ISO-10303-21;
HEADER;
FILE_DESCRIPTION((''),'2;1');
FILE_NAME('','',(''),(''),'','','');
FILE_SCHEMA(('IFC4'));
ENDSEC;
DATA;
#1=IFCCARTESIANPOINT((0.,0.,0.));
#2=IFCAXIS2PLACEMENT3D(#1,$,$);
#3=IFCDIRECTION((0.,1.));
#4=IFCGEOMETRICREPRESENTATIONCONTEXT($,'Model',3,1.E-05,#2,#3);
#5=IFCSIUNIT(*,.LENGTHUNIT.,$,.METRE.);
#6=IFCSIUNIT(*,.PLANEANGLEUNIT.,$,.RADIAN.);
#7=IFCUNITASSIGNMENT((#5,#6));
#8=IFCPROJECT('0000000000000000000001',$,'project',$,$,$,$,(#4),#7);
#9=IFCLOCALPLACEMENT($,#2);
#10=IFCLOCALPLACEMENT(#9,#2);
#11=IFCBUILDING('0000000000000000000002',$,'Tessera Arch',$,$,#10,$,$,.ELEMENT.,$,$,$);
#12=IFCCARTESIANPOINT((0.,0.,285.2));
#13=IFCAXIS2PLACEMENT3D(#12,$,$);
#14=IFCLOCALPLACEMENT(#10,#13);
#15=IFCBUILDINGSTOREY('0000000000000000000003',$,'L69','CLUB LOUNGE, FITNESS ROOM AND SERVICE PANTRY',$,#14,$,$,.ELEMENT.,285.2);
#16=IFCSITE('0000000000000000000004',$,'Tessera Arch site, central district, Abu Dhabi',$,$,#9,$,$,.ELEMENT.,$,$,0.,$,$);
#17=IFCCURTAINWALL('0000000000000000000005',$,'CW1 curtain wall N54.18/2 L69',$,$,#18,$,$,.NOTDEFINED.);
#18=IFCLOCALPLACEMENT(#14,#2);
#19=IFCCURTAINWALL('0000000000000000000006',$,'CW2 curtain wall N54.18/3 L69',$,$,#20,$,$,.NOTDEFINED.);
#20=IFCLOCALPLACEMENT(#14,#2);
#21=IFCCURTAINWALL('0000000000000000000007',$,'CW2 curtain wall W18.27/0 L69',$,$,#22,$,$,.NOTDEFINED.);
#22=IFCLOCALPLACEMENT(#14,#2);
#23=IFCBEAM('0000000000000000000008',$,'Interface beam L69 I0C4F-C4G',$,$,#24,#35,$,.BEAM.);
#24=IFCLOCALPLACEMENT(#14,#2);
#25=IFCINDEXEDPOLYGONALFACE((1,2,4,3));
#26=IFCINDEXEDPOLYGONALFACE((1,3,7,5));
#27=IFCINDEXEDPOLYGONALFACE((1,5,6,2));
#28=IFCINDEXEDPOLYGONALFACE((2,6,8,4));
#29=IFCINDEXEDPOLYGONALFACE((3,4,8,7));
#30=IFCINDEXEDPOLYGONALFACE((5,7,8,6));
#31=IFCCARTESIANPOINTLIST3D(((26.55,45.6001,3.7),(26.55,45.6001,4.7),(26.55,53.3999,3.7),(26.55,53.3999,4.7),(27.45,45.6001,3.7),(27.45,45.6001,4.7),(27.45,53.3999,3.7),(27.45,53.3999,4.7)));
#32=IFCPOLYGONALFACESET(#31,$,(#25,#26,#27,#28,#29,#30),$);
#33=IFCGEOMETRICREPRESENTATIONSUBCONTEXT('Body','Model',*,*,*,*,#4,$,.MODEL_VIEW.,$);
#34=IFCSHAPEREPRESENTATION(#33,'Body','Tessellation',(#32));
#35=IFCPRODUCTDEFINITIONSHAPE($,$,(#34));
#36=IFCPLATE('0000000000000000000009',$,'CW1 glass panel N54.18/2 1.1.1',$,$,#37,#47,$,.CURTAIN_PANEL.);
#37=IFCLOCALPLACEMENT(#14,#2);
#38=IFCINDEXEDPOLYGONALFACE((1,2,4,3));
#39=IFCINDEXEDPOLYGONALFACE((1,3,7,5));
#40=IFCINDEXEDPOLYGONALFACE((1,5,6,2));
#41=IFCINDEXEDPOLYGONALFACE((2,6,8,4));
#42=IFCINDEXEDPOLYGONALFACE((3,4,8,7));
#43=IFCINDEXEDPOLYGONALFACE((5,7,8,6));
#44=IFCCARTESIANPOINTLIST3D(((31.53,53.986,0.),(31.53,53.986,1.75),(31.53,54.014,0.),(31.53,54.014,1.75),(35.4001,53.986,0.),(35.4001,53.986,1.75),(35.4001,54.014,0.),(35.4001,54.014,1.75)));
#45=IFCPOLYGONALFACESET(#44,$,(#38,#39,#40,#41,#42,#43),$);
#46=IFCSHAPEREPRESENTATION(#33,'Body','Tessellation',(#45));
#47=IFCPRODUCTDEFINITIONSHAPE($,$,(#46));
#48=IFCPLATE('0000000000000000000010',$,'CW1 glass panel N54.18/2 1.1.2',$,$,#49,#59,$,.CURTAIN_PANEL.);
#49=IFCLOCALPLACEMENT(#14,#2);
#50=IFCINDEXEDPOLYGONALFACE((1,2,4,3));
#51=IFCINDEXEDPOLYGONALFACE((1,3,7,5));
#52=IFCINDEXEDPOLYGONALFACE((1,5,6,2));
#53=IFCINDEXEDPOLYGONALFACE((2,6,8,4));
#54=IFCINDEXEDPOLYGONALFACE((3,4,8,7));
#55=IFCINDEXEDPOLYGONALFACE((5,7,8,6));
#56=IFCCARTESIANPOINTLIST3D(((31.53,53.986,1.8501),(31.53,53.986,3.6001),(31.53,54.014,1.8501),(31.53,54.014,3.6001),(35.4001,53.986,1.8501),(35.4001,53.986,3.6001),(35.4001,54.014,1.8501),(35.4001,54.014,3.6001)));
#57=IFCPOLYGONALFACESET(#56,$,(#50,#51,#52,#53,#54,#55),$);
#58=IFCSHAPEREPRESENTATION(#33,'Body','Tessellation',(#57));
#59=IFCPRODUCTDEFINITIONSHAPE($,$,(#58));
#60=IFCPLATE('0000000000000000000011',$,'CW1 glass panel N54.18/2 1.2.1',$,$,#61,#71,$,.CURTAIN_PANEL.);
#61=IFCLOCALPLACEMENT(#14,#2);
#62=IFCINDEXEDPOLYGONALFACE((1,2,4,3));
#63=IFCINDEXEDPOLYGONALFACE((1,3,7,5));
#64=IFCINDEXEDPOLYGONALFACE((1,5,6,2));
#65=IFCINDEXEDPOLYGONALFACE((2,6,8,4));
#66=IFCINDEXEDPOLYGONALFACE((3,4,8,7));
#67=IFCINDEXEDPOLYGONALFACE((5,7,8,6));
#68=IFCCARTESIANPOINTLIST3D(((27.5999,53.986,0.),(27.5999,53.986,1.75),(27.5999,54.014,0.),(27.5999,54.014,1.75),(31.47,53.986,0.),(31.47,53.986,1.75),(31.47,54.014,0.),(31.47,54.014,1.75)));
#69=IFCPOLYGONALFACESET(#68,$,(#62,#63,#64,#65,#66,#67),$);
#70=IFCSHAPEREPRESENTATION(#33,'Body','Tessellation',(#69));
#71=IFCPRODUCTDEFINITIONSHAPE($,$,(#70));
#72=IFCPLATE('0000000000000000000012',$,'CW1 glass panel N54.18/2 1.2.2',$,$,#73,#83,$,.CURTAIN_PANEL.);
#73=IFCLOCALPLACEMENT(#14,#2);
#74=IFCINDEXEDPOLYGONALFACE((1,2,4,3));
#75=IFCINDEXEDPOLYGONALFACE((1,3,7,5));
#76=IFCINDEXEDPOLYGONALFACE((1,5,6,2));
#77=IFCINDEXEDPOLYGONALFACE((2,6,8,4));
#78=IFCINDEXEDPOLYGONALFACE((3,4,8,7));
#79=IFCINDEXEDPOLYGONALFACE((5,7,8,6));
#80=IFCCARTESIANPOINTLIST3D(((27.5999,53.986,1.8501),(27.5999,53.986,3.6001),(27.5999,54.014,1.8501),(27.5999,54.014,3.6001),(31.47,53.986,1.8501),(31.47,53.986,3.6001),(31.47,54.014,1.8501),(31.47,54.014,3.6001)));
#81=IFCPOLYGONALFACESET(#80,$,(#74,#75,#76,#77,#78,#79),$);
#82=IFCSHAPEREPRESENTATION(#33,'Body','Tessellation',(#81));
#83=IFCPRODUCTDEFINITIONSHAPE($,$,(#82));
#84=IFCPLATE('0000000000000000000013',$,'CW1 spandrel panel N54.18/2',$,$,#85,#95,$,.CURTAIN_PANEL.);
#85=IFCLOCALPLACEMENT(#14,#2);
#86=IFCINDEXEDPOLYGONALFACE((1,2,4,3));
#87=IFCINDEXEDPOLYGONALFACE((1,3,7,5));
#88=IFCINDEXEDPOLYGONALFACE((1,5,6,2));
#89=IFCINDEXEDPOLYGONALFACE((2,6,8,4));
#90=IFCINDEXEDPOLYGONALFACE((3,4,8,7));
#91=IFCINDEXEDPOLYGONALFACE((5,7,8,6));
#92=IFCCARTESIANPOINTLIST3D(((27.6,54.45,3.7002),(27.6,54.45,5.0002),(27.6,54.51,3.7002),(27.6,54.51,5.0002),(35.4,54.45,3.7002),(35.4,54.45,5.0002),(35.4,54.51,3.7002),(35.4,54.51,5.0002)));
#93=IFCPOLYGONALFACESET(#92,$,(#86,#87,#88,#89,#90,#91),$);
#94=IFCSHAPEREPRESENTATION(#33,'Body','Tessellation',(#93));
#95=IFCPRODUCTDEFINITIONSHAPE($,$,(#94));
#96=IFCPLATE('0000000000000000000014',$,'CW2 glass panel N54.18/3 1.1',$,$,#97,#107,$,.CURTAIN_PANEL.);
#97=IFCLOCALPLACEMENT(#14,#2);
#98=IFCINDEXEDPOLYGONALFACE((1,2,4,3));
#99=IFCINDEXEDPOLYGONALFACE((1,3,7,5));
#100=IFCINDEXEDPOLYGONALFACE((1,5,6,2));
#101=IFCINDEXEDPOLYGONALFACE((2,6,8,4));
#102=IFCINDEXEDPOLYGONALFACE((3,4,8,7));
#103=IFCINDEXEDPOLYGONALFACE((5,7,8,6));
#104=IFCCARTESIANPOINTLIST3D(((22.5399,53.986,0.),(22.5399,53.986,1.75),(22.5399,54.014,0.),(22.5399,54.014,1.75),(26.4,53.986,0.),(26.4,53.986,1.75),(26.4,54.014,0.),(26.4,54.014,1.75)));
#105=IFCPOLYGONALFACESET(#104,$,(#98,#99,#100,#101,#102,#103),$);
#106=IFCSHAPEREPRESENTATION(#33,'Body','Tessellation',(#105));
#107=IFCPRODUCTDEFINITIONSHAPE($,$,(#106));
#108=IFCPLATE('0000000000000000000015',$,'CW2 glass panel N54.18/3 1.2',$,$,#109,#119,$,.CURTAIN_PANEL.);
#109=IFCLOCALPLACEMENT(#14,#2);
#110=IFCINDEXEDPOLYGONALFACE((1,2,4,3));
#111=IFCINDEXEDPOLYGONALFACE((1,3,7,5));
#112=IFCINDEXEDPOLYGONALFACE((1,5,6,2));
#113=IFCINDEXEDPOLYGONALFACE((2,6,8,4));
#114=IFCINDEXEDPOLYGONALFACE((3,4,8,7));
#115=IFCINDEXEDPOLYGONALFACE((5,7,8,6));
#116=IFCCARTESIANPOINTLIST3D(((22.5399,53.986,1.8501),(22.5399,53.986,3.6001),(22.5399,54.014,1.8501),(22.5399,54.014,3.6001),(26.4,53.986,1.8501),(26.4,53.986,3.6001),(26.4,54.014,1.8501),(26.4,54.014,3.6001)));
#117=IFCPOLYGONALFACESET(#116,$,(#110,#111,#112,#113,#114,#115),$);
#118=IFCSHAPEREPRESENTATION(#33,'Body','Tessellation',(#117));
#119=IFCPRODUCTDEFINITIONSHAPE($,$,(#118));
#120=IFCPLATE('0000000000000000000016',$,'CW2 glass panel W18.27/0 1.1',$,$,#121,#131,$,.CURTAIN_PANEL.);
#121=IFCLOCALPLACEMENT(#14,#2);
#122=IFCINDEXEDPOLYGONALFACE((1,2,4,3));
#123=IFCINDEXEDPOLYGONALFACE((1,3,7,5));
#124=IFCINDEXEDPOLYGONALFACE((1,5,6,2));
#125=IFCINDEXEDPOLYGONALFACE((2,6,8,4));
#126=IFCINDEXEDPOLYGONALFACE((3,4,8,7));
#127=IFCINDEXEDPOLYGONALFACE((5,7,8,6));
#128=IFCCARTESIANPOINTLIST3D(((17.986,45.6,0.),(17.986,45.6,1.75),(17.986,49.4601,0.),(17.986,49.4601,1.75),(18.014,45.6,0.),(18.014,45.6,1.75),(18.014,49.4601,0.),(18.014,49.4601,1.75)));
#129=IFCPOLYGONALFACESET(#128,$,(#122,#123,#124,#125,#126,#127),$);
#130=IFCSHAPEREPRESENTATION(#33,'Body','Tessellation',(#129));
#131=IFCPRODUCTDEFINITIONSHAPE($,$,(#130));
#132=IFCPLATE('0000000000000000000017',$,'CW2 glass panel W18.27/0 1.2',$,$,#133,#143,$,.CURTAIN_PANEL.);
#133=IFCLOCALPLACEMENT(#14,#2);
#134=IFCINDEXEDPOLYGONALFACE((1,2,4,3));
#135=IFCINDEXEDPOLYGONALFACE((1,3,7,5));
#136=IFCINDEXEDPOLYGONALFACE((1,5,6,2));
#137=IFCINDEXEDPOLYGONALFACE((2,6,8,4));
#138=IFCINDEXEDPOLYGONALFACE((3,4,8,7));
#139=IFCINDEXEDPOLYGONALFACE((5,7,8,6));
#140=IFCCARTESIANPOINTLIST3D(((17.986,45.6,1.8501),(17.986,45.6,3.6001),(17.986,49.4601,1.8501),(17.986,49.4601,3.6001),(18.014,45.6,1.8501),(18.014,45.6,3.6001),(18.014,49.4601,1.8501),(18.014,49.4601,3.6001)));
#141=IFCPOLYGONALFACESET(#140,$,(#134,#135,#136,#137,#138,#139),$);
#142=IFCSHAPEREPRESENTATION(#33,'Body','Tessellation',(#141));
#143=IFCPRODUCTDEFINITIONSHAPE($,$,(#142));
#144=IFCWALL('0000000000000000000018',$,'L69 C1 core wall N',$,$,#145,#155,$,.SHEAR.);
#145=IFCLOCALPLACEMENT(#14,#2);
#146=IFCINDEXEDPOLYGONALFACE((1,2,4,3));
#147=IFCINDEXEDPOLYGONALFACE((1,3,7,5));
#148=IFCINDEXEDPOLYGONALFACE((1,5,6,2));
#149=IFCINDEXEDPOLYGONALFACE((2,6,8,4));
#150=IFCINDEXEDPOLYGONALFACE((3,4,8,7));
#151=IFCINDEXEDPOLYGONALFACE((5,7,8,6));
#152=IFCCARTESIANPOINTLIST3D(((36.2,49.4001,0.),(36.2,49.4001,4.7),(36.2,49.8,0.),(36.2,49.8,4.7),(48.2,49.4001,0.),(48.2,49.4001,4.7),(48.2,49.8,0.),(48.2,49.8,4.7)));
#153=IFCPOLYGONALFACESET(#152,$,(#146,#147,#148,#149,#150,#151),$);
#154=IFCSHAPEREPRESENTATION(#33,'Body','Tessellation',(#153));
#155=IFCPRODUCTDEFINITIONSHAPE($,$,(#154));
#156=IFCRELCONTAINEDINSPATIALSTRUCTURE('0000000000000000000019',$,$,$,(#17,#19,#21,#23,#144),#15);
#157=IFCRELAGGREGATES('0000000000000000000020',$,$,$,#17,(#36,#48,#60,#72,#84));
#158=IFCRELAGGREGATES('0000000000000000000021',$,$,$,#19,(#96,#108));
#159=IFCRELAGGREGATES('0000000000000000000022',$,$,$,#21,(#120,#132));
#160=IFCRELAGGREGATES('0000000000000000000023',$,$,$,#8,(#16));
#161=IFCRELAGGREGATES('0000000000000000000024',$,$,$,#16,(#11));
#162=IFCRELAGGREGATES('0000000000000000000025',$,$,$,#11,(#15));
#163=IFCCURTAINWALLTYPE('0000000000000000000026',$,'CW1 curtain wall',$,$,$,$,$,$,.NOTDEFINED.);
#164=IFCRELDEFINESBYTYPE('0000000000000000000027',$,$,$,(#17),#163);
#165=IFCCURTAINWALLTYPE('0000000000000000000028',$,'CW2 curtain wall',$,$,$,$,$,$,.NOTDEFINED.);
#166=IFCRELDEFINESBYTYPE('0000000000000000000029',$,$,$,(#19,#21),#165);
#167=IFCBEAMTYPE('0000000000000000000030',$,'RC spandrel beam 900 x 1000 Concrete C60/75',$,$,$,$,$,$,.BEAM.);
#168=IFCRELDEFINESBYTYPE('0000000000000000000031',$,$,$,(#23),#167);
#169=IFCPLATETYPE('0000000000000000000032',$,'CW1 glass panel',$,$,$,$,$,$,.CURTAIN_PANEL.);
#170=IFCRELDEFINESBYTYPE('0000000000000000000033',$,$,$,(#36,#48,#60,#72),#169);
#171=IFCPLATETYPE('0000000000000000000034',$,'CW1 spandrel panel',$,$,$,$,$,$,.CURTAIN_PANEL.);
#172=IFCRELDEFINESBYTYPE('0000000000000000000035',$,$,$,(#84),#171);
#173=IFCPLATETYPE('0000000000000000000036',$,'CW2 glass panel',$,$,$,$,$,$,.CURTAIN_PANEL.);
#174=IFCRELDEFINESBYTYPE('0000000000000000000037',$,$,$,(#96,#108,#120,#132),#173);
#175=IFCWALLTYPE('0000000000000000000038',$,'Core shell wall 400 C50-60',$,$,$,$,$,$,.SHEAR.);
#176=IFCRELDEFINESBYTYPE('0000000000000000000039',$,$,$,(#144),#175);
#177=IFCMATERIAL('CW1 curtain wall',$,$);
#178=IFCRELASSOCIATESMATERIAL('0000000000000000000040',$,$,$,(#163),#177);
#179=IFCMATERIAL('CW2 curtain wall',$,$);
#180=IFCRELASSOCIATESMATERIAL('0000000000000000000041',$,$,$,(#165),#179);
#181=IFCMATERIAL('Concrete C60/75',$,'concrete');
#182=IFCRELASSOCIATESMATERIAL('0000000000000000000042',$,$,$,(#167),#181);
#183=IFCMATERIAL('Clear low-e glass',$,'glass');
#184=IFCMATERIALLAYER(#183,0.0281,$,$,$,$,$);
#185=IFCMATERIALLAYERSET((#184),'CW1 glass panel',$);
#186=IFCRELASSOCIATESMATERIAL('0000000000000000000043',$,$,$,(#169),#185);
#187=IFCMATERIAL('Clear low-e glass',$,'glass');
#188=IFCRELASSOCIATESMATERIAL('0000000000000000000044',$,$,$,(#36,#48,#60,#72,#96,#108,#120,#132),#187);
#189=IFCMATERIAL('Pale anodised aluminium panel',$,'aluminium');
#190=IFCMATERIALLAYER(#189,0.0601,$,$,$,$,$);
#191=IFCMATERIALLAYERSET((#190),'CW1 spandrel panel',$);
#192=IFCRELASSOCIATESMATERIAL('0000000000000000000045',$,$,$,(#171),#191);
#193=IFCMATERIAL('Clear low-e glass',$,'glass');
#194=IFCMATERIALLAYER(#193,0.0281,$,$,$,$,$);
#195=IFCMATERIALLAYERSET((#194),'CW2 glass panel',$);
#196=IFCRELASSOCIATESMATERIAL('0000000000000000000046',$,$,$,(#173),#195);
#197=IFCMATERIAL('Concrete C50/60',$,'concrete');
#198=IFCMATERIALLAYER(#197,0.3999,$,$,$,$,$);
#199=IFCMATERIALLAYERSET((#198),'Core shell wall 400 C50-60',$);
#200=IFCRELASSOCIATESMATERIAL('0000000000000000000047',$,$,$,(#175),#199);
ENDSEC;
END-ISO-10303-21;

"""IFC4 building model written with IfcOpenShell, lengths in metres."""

from ifc_helpers import new_model, si_unit, direction, frame, frame_2d, origin, origin_2d, place, context, subcontext, project, spatial, rectangle, extrude, material, layer, layer_set, material_profile, profile_set, type_object, element, aggregate, save


model = new_model("IFC4")

# Units and contexts
model_context = context("Model", 3, precision=1e-05, world=origin(), true_north=direction((0.0, 1.0)))
body_context = subcontext(model_context, "Body", "Model", "MODEL_VIEW")
ifc_project = project(units=[si_unit("LENGTHUNIT", "METRE"), si_unit("PLANEANGLEUNIT", "RADIAN")], contexts=[model_context])

# Site, building, storey
site_placement = place(None, origin())
site = spatial("IfcSite", under=ifc_project, at=site_placement, Name="Tessera Arch site, central district, Abu Dhabi", CompositionType="ELEMENT", RefElevation=0.0)
building_placement = place(site_placement, origin())
building = spatial("IfcBuilding", under=site, at=building_placement, Name="Tessera Arch", CompositionType="ELEMENT")
storey_placement = place(building_placement, frame((0.0, 0.0, 285.2)))
storey = spatial("IfcBuildingStorey", under=building, at=storey_placement, Name="L69", Description="CLUB LOUNGE, FITNESS ROOM AND SERVICE PANTRY", CompositionType="ELEMENT", Elevation=285.2)

# Curtain wall
ifc_material_1 = material(Name="CW1 curtain wall")
curtain_wall_type_1 = type_object("IfcCurtainWallType", Name="CW1 curtain wall", PredefinedType="NOTDEFINED", material=ifc_material_1)
curtain_wall_1_placement = place(storey_placement, origin())
curtain_wall_1 = element("IfcCurtainWall", 1, at=curtain_wall_1_placement, inside=storey, type_object=curtain_wall_type_1, Name="CW1 curtain wall N54.18/2 L69", PredefinedType="NOTDEFINED")

# Curtain walls
ifc_material_2 = material(Name="CW2 curtain wall")
curtain_wall_type_2 = type_object("IfcCurtainWallType", Name="CW2 curtain wall", PredefinedType="NOTDEFINED", material=ifc_material_2)
curtain_wall_2_placement = place(storey_placement, origin())
curtain_wall_2 = element("IfcCurtainWall", 2, at=curtain_wall_2_placement, inside=storey, type_object=curtain_wall_type_2, Name="CW2 curtain wall N54.18/3 L69", PredefinedType="NOTDEFINED")
curtain_wall_3_placement = place(storey_placement, origin())
curtain_wall_3 = element("IfcCurtainWall", 3, at=curtain_wall_3_placement, inside=storey, type_object=curtain_wall_type_2, Name="CW2 curtain wall W18.27/0 L69", PredefinedType="NOTDEFINED")

# Beam
ifc_material_3 = material(Name="Concrete C60/75", Category="concrete")
ifc_material_profile_1 = material_profile(ifc_material_3, rectangle(XDim=0.8999, YDim=1.0, at=origin_2d()), Name="RC spandrel beam 900 x 1000 Concrete C60/75")
ifc_profile_set_1 = profile_set([ifc_material_profile_1], Name="Concrete C60/75")
beam_type = type_object("IfcBeamType", Name="RC spandrel beam 900 x 1000 Concrete C60/75", PredefinedType="BEAM", material=ifc_profile_set_1)
beam_1_placement = place(storey_placement, frame((27.0, 45.6001, 4.2), z_axis=(0.0, 1.0, 0.0), x_axis=(-1.0, 0.0, 0.0)))
element("IfcBeam", 4, at=beam_1_placement, inside=storey, type_object=beam_type, Name="Interface beam L69 I0C4F-C4G", PredefinedType="BEAM", context=body_context, shape_type="SweptSolid", body=[
    extrude(rectangle(XDim=0.8999, YDim=1.0, at=origin_2d()), origin(), (0.0, 0.0, 1.0), 7.7998),
])

# Plates
ifc_material_4 = material(Name="Clear low-e glass", Category="glass")
ifc_material_5 = material(Name="Clear low-e glass", Category="glass")
ifc_layer_1 = layer(ifc_material_5, 0.0281)
ifc_layer_set_1 = layer_set([ifc_layer_1], Name="CW1 glass panel")
plate_type_1 = type_object("IfcPlateType", Name="CW1 glass panel", PredefinedType="CURTAIN_PANEL", material=ifc_layer_set_1)
plate_1_placement = place(storey_placement, frame((33.4651, 54.0, 0.0), z_axis=(0.0, 0.0, 1.0), x_axis=(-1.0, 0.0, 0.0)))
plate_1 = element("IfcPlate", 5, at=plate_1_placement, type_object=plate_type_1, material=ifc_material_4, Name="CW1 glass panel N54.18/2 1.1.1", PredefinedType="CURTAIN_PANEL", context=body_context, shape_type="SweptSolid", body=[
    extrude(rectangle(XDim=3.8701, YDim=0.0281, at=origin_2d()), origin(), (0.0, 0.0, 1.0), 1.75),
])
plate_2_placement = place(storey_placement, frame((33.4651, 54.0, 1.8501), z_axis=(0.0, 0.0, 1.0), x_axis=(-1.0, 0.0, 0.0)))
plate_2 = element("IfcPlate", 6, at=plate_2_placement, type_object=plate_type_1, material=ifc_material_4, Name="CW1 glass panel N54.18/2 1.1.2", PredefinedType="CURTAIN_PANEL", context=body_context, shape_type="SweptSolid", body=[
    extrude(rectangle(XDim=3.8701, YDim=0.0281, at=origin_2d()), origin(), (0.0, 0.0, 1.0), 1.75),
])
plate_3_placement = place(storey_placement, frame((29.5349, 54.0, 0.0), z_axis=(0.0, 0.0, 1.0), x_axis=(-1.0, 0.0, 0.0)))
plate_3 = element("IfcPlate", 7, at=plate_3_placement, type_object=plate_type_1, material=ifc_material_4, Name="CW1 glass panel N54.18/2 1.2.1", PredefinedType="CURTAIN_PANEL", context=body_context, shape_type="SweptSolid", body=[
    extrude(rectangle(XDim=3.8701, YDim=0.0281, at=origin_2d()), origin(), (0.0, 0.0, 1.0), 1.75),
])
plate_4_placement = place(storey_placement, frame((29.5349, 54.0, 1.8501), z_axis=(0.0, 0.0, 1.0), x_axis=(-1.0, 0.0, 0.0)))
plate_4 = element("IfcPlate", 8, at=plate_4_placement, type_object=plate_type_1, material=ifc_material_4, Name="CW1 glass panel N54.18/2 1.2.2", PredefinedType="CURTAIN_PANEL", context=body_context, shape_type="SweptSolid", body=[
    extrude(rectangle(XDim=3.8701, YDim=0.0281, at=origin_2d()), origin(), (0.0, 0.0, 1.0), 1.75),
])
ifc_material_6 = material(Name="Pale anodised aluminium panel", Category="aluminium")
ifc_layer_2 = layer(ifc_material_6, 0.0601)
ifc_layer_set_2 = layer_set([ifc_layer_2], Name="CW1 spandrel panel")
plate_type_2 = type_object("IfcPlateType", Name="CW1 spandrel panel", PredefinedType="CURTAIN_PANEL", material=ifc_layer_set_2)
plate_5_placement = place(storey_placement, frame((31.5, 54.48, 3.7002), z_axis=(0.0, 0.0, 1.0), x_axis=(-1.0, 0.0, 0.0)))
plate_5 = element("IfcPlate", 9, at=plate_5_placement, type_object=plate_type_2, Name="CW1 spandrel panel N54.18/2", PredefinedType="CURTAIN_PANEL", context=body_context, shape_type="SweptSolid", body=[
    extrude(rectangle(XDim=7.8, YDim=0.0601, at=origin_2d()), origin(), (0.0, 0.0, 1.0), 1.3),
])
aggregate(curtain_wall_1, [plate_1, plate_2, plate_3, plate_4, plate_5])
ifc_material_7 = material(Name="Clear low-e glass", Category="glass")
ifc_layer_3 = layer(ifc_material_7, 0.0281)
ifc_layer_set_3 = layer_set([ifc_layer_3], Name="CW2 glass panel")
plate_type_3 = type_object("IfcPlateType", Name="CW2 glass panel", PredefinedType="CURTAIN_PANEL", material=ifc_layer_set_3)
plate_6_placement = place(storey_placement, frame((24.47, 54.0, 0.0), z_axis=(0.0, 0.0, 1.0), x_axis=(-1.0, 0.0, 0.0)))
plate_6 = element("IfcPlate", 10, at=plate_6_placement, type_object=plate_type_3, material=ifc_material_4, Name="CW2 glass panel N54.18/3 1.1", PredefinedType="CURTAIN_PANEL", context=body_context, shape_type="SweptSolid", body=[
    extrude(rectangle(XDim=3.8601, YDim=0.0281, at=origin_2d()), origin(), (0.0, 0.0, 1.0), 1.75),
])
plate_7_placement = place(storey_placement, frame((24.47, 54.0, 1.8501), z_axis=(0.0, 0.0, 1.0), x_axis=(-1.0, 0.0, 0.0)))
plate_7 = element("IfcPlate", 11, at=plate_7_placement, type_object=plate_type_3, material=ifc_material_4, Name="CW2 glass panel N54.18/3 1.2", PredefinedType="CURTAIN_PANEL", context=body_context, shape_type="SweptSolid", body=[
    extrude(rectangle(XDim=3.8601, YDim=0.0281, at=origin_2d()), origin(), (0.0, 0.0, 1.0), 1.75),
])
aggregate(curtain_wall_2, [plate_6, plate_7])
plate_8_placement = place(storey_placement, frame((18.0, 47.53, 0.0), z_axis=(0.0, 0.0, 1.0), x_axis=(0.0, -1.0, 0.0)))
plate_8 = element("IfcPlate", 12, at=plate_8_placement, type_object=plate_type_3, material=ifc_material_4, Name="CW2 glass panel W18.27/0 1.1", PredefinedType="CURTAIN_PANEL", context=body_context, shape_type="SweptSolid", body=[
    extrude(rectangle(XDim=3.8601, YDim=0.0281, at=origin_2d()), origin(), (0.0, 0.0, 1.0), 1.75),
])
plate_9_placement = place(storey_placement, frame((18.0, 47.53, 1.8501), z_axis=(0.0, 0.0, 1.0), x_axis=(0.0, -1.0, 0.0)))
plate_9 = element("IfcPlate", 13, at=plate_9_placement, type_object=plate_type_3, material=ifc_material_4, Name="CW2 glass panel W18.27/0 1.2", PredefinedType="CURTAIN_PANEL", context=body_context, shape_type="SweptSolid", body=[
    extrude(rectangle(XDim=3.8601, YDim=0.0281, at=origin_2d()), origin(), (0.0, 0.0, 1.0), 1.75),
])
aggregate(curtain_wall_3, [plate_8, plate_9])

# Wall
ifc_material_8 = material(Name="Concrete C50/60", Category="concrete")
ifc_layer_4 = layer(ifc_material_8, 0.3999)
ifc_layer_set_4 = layer_set([ifc_layer_4], Name="Core shell wall 400 C50-60")
wall_type_1 = type_object("IfcWallType", Name="Core shell wall 400 C50-60", PredefinedType="SHEAR", material=ifc_layer_set_4)
wall_1_placement = place(storey_placement, frame((36.2, 49.6001, 0.0), z_axis=(0.0, 0.0, 1.0), x_axis=(1.0, 0.0, 0.0)))
element("IfcWall", 14, at=wall_1_placement, inside=storey, type_object=wall_type_1, Name="L69 C1 core wall N", PredefinedType="SHEAR", context=body_context, shape_type="SweptSolid", body=[
    extrude(rectangle(XDim=12.0, YDim=0.3999, at=frame_2d((6.0, 0.0))), origin(), (0.0, 0.0, 1.0), 4.7),
])

save(model, "model.ifc")
